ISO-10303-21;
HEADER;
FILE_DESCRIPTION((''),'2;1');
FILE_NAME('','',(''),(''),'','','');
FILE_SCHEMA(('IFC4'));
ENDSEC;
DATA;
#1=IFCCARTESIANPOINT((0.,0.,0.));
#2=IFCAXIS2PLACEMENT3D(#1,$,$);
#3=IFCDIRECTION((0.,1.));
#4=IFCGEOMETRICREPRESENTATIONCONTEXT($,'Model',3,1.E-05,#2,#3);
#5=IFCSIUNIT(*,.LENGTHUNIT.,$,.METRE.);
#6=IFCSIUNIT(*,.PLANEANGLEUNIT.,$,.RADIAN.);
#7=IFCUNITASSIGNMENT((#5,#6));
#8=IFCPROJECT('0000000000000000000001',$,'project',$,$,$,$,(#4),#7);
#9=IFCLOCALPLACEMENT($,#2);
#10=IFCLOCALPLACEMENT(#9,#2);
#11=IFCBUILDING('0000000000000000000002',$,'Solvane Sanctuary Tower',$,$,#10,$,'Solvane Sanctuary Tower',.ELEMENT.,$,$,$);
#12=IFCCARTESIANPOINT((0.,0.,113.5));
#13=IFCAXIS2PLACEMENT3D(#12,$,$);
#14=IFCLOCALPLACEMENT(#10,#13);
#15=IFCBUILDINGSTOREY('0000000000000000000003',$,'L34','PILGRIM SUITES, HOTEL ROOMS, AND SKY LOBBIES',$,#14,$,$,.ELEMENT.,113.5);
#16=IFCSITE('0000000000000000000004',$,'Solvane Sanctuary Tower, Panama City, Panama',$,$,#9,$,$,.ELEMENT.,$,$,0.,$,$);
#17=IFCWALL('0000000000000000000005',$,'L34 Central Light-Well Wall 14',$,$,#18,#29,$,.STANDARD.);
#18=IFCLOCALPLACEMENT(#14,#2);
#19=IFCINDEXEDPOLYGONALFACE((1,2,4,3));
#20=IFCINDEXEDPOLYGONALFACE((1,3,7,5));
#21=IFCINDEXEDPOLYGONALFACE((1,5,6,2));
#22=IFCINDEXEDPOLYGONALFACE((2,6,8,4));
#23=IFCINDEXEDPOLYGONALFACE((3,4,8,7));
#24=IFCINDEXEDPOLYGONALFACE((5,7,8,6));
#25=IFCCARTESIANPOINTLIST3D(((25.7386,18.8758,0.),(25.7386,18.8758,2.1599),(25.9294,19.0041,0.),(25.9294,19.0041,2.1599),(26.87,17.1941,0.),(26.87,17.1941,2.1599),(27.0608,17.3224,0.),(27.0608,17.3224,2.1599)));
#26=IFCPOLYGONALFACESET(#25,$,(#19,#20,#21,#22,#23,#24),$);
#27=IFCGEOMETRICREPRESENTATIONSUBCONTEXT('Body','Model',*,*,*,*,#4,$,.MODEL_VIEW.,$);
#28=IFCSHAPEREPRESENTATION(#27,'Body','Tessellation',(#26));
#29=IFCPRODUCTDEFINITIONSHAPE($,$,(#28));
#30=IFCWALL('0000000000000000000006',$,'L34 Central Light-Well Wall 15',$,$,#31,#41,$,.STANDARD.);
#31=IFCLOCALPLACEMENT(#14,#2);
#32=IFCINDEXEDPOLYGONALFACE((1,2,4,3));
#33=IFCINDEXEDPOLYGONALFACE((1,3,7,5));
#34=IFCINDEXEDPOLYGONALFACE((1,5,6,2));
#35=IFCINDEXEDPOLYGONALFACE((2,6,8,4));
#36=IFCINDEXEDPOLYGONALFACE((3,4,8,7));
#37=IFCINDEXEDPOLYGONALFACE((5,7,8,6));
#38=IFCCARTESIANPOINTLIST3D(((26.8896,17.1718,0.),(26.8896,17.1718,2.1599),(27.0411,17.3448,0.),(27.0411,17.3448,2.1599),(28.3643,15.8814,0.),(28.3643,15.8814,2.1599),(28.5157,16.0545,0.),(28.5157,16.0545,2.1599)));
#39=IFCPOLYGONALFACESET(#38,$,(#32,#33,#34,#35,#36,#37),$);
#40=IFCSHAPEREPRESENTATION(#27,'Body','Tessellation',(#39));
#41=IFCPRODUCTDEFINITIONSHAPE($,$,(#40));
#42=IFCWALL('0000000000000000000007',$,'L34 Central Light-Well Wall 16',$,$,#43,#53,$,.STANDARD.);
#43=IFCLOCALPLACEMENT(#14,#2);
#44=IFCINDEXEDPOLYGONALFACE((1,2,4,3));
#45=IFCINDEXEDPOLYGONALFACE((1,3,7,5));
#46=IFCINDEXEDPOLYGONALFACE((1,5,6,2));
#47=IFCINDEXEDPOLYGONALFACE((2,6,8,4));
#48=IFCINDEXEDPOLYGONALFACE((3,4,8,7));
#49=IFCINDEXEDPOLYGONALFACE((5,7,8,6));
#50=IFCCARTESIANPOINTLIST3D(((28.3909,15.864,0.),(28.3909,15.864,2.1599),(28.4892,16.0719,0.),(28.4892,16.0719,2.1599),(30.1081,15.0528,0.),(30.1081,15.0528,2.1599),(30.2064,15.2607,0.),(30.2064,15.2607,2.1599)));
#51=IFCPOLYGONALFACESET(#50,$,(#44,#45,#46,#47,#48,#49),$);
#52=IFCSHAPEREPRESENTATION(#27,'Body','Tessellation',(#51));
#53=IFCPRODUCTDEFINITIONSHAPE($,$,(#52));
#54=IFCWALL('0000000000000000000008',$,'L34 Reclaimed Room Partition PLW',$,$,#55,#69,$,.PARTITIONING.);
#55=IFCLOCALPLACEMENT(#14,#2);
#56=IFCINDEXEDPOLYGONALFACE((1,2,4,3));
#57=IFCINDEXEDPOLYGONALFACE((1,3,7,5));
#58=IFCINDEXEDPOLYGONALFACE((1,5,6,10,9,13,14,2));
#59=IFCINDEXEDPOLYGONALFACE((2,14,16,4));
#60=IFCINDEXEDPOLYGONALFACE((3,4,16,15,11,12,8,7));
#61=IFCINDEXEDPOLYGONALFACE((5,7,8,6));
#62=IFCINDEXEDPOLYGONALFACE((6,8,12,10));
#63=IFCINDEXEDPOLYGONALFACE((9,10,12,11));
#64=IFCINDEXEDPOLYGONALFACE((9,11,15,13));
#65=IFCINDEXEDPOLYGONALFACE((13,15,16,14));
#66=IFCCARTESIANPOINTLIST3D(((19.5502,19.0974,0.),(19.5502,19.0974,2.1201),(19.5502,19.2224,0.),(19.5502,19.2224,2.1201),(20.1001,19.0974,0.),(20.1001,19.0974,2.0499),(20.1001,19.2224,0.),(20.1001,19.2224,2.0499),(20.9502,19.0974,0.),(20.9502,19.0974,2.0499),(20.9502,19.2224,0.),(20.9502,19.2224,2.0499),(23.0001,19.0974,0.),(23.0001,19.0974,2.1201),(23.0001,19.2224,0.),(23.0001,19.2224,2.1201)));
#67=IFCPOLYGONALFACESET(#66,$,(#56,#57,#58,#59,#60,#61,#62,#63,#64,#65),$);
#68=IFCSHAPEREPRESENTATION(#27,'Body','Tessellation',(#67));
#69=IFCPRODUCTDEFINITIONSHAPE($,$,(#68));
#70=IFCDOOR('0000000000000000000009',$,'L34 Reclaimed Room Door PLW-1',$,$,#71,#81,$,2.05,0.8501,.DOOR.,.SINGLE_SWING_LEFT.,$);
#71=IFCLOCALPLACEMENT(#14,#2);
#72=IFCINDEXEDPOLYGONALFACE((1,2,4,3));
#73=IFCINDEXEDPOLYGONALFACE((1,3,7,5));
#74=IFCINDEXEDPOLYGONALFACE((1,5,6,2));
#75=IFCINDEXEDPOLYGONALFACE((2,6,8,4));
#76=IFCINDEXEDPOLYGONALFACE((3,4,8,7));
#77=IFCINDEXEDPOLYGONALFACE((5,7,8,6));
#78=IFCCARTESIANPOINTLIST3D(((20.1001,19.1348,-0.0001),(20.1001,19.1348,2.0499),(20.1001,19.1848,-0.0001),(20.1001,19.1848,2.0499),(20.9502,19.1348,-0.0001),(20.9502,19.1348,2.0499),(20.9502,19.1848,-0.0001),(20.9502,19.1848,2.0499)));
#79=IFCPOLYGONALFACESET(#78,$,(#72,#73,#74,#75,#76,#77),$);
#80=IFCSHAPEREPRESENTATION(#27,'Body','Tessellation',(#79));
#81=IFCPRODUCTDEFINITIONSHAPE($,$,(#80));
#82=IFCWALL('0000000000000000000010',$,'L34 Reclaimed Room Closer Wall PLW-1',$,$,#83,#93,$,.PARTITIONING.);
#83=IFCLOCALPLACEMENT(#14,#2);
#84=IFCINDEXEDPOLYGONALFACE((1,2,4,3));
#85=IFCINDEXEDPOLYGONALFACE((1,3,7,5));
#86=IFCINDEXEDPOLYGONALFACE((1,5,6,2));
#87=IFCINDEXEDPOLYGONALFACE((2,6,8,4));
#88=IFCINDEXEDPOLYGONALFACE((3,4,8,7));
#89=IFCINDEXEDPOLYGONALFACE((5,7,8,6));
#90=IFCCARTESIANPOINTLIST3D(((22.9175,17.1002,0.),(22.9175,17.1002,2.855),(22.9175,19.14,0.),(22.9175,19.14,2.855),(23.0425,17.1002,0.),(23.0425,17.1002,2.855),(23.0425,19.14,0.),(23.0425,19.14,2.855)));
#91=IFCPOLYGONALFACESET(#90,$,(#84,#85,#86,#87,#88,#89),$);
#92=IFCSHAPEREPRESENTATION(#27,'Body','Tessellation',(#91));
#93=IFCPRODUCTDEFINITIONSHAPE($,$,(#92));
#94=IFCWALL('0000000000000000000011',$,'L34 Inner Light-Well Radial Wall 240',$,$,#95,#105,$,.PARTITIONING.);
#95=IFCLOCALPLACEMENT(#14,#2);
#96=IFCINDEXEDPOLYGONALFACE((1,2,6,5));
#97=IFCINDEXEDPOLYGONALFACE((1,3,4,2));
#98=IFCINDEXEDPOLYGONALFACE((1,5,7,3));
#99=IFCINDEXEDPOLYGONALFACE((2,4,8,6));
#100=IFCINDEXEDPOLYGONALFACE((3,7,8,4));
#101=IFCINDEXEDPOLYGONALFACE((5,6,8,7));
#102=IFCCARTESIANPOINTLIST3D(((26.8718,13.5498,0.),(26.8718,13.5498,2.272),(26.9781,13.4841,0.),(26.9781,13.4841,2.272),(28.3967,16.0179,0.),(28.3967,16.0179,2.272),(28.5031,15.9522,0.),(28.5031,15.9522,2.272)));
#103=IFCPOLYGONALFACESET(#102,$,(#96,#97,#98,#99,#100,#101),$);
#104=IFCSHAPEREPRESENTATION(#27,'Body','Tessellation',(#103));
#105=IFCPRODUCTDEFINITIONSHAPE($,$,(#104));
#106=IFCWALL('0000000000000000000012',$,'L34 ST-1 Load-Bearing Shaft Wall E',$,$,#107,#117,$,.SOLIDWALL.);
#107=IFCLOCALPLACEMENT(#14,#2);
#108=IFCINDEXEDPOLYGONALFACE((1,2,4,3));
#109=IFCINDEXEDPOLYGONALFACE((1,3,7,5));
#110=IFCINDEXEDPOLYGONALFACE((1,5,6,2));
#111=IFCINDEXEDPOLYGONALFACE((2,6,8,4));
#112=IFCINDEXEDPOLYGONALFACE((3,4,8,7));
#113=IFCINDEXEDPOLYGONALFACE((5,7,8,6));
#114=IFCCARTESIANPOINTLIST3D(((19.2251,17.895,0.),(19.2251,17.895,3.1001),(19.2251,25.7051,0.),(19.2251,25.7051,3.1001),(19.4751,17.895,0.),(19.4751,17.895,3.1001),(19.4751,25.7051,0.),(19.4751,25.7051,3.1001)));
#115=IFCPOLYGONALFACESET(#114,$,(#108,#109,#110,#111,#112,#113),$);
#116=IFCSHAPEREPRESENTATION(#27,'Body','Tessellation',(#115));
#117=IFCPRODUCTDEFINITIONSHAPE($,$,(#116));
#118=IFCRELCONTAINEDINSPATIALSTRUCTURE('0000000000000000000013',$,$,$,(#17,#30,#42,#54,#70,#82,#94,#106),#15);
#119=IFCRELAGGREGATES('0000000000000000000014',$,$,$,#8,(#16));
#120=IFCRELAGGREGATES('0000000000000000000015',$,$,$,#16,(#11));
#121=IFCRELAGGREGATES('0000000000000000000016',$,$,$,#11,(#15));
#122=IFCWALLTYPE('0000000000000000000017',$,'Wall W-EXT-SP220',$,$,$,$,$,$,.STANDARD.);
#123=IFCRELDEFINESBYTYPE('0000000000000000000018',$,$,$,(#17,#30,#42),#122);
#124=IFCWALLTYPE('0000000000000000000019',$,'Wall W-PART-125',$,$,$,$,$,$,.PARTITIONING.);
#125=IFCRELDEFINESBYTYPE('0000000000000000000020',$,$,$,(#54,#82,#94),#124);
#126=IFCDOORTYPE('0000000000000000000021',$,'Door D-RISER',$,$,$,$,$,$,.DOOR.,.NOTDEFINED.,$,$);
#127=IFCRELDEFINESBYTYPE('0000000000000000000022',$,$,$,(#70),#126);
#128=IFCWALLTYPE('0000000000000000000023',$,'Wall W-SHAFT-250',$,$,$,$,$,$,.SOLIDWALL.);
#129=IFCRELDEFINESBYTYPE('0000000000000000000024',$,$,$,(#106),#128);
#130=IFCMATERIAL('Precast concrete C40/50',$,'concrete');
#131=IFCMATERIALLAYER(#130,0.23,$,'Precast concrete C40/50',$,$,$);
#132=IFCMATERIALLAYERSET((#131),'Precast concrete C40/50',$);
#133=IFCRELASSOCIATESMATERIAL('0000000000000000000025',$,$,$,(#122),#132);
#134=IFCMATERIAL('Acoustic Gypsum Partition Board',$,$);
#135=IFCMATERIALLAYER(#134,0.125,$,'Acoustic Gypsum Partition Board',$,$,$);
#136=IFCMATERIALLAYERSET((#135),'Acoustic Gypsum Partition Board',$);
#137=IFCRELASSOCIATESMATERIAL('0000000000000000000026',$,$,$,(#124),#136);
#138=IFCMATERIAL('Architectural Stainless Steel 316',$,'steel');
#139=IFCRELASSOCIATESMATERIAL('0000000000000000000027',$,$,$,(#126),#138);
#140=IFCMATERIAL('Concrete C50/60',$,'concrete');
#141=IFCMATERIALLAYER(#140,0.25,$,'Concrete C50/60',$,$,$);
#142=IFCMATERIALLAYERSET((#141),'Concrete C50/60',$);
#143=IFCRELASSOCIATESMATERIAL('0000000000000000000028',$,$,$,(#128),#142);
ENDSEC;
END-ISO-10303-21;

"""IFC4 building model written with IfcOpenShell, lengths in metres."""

from ifc_helpers import new_model, si_unit, direction, frame, frame_2d, origin, place, context, subcontext, project, spatial, rectangle, extrude, material, layer, layer_set, type_object, element, fill, save


model = new_model("IFC4")

# Units and contexts
model_context = context("Model", 3, precision=1e-05, world=origin(), true_north=direction((0.0, 1.0)))
body_context = subcontext(model_context, "Body", "Model", "MODEL_VIEW")
ifc_project = project(units=[si_unit("LENGTHUNIT", "METRE"), si_unit("PLANEANGLEUNIT", "RADIAN")], contexts=[model_context])

# Site, building, storey
site_placement = place(None, origin())
site = spatial("IfcSite", under=ifc_project, at=site_placement, Name="Solvane Sanctuary Tower, Panama City, Panama", CompositionType="ELEMENT", RefElevation=0.0)
building_placement = place(site_placement, origin())
building = spatial("IfcBuilding", under=site, at=building_placement, Name="Solvane Sanctuary Tower", LongName="Solvane Sanctuary Tower", CompositionType="ELEMENT")
storey_placement = place(building_placement, frame((0.0, 0.0, 113.5)))
storey = spatial("IfcBuildingStorey", under=building, at=storey_placement, Name="L34", Description="PILGRIM SUITES, HOTEL ROOMS, AND SKY LOBBIES", CompositionType="ELEMENT", Elevation=113.5)

# Shared definitions
ifc_material_1 = material(Name="Precast concrete C40/50", Category="concrete")
ifc_layer_1 = layer(ifc_material_1, 0.23, Name="Precast concrete C40/50")
ifc_layer_set_1 = layer_set([ifc_layer_1], Name="Precast concrete C40/50")
wall_type_1 = type_object("IfcWallType", Name="Wall W-EXT-SP220", PredefinedType="STANDARD", material=ifc_layer_set_1)

# Walls
wall_1_placement = place(storey_placement, frame((25.834, 18.9399, 0.0), z_axis=(0.0, 0.0, 1.0), x_axis=(0.558198, -0.829708, 0.0)))
element("IfcWall", 1, at=wall_1_placement, inside=storey, type_object=wall_type_1, Name="L34 Central Light-Well Wall 14", PredefinedType="STANDARD", context=body_context, shape_type="SweptSolid", body=[
    extrude(rectangle(XDim=2.0269, YDim=0.23, at=frame_2d((1.0134, 0.0))), origin(), (0.0, 0.0, 1.0), 2.1599),
])
wall_2_placement = place(storey_placement, frame((26.9653, 17.2583, 0.0), z_axis=(0.0, 0.0, 1.0), x_axis=(0.752577, -0.658505, 0.0)))
element("IfcWall", 2, at=wall_2_placement, inside=storey, type_object=wall_type_1, Name="L34 Central Light-Well Wall 15", PredefinedType="STANDARD", context=body_context, shape_type="SweptSolid", body=[
    extrude(rectangle(XDim=1.9595, YDim=0.23, at=frame_2d((0.9797, 0.0))), origin(), (0.0, 0.0, 1.0), 2.1599),
])
wall_3_placement = place(storey_placement, frame((28.4399, 15.968, 0.0), z_axis=(0.0, 0.0, 1.0), x_axis=(0.90418, -0.427152, 0.0)))
element("IfcWall", 3, at=wall_3_placement, inside=storey, type_object=wall_type_1, Name="L34 Central Light-Well Wall 16", PredefinedType="STANDARD", context=body_context, shape_type="SweptSolid", body=[
    extrude(rectangle(XDim=1.8992, YDim=0.23, at=frame_2d((0.9497, 0.0))), origin(), (0.0, 0.0, 1.0), 2.1599),
])

# Wall, opening, door
ifc_material_2 = material(Name="Acoustic Gypsum Partition Board")
ifc_layer_2 = layer(ifc_material_2, 0.125, Name="Acoustic Gypsum Partition Board")
ifc_layer_set_2 = layer_set([ifc_layer_2], Name="Acoustic Gypsum Partition Board")
wall_type_2 = type_object("IfcWallType", Name="Wall W-PART-125", PredefinedType="PARTITIONING", material=ifc_layer_set_2)
wall_4_placement = place(storey_placement, frame((19.55, 19.1599, 0.0), z_axis=(0.0, 0.0, 1.0), x_axis=(1.0, 0.0, 0.0)))
wall_4 = element("IfcWall", 4, at=wall_4_placement, inside=storey, type_object=wall_type_2, Name="L34 Reclaimed Room Partition PLW", PredefinedType="PARTITIONING", context=body_context, shape_type="SweptSolid", body=[
    extrude(rectangle(XDim=3.45, YDim=0.125, at=frame_2d((1.7251, 0.0))), origin(), (0.0, 0.0, 1.0), 2.1201),
])
opening_1_placement = place(wall_4_placement, frame((0.55, 0.0, 0.0)))
opening_1 = element("IfcOpeningElement", 5, at=opening_1_placement, cuts=wall_4, PredefinedType="OPENING", context=body_context, shape_type="SweptSolid", body=[
    extrude(rectangle(XDim=0.8501, YDim=2.05, at=frame_2d((0.425, 1.0249))), frame((0.0, 0.0725, 0.0), z_axis=(0.0, -1.0, 0.0), x_axis=(1.0, 0.0, 0.0)), (0.0, 0.0, 1.0), 0.145),
])
ifc_material_3 = material(Name="Architectural Stainless Steel 316", Category="steel")
door_type = type_object("IfcDoorType", Name="Door D-RISER", OperationType="NOTDEFINED", PredefinedType="DOOR", material=ifc_material_3)
door_placement = place(opening_1_placement, origin())
door = element("IfcDoor", 6, at=door_placement, inside=storey, type_object=door_type, Name="L34 Reclaimed Room Door PLW-1", OperationType="SINGLE_SWING_LEFT", OverallHeight=2.05, OverallWidth=0.8501, PredefinedType="DOOR", context=body_context, shape_type="SweptSolid", body=[
    extrude(rectangle(XDim=0.8501, YDim=2.05, at=frame_2d((0.425, 1.0249))), frame((0.0, 0.0249, 0.0), z_axis=(0.0, -1.0, 0.0), x_axis=(1.0, 0.0, 0.0)), (0.0, 0.0, 1.0), 0.05),
])
fill(opening_1, door)

# Walls
wall_5_placement = place(storey_placement, frame((22.98, 17.1001, 0.0), z_axis=(0.0, 0.0, 1.0), x_axis=(0.0, 1.0, 0.0)))
element("IfcWall", 7, at=wall_5_placement, inside=storey, type_object=wall_type_2, Name="L34 Reclaimed Room Closer Wall PLW-1", PredefinedType="PARTITIONING", context=body_context, shape_type="SweptSolid", body=[
    extrude(rectangle(XDim=2.0398, YDim=0.125, at=frame_2d((1.02, 0.0))), origin(), (0.0, 0.0, 1.0), 2.855),
])
wall_6_placement = place(storey_placement, frame((28.45, 15.9851, 0.0), z_axis=(0.0, 0.0, 1.0), x_axis=(-0.525627, -0.850715, 0.0)))
element("IfcWall", 8, at=wall_6_placement, inside=storey, type_object=wall_type_2, Name="L34 Inner Light-Well Radial Wall 240", PredefinedType="PARTITIONING", context=body_context, shape_type="SweptSolid", body=[
    extrude(rectangle(XDim=2.9011, YDim=0.125, at=frame_2d((1.4507, 0.0))), origin(), (0.0, 0.0, 1.0), 2.272),
])
ifc_material_4 = material(Name="Concrete C50/60", Category="concrete")
ifc_layer_3 = layer(ifc_material_4, 0.25, Name="Concrete C50/60")
ifc_layer_set_3 = layer_set([ifc_layer_3], Name="Concrete C50/60")
wall_type_3 = type_object("IfcWallType", Name="Wall W-SHAFT-250", PredefinedType="SOLIDWALL", material=ifc_layer_set_3)
wall_7_placement = place(storey_placement, frame((19.3501, 17.895, 0.0), z_axis=(0.0, 0.0, 1.0), x_axis=(0.0, 1.0, 0.0)))
element("IfcWall", 9, at=wall_7_placement, inside=storey, type_object=wall_type_3, Name="L34 ST-1 Load-Bearing Shaft Wall E", PredefinedType="SOLIDWALL", context=body_context, shape_type="SweptSolid", body=[
    extrude(rectangle(XDim=7.8101, YDim=0.25, at=frame_2d((3.905, 0.0))), origin(), (0.0, 0.0, 1.0), 3.1001),
])

save(model, "model.ifc")
